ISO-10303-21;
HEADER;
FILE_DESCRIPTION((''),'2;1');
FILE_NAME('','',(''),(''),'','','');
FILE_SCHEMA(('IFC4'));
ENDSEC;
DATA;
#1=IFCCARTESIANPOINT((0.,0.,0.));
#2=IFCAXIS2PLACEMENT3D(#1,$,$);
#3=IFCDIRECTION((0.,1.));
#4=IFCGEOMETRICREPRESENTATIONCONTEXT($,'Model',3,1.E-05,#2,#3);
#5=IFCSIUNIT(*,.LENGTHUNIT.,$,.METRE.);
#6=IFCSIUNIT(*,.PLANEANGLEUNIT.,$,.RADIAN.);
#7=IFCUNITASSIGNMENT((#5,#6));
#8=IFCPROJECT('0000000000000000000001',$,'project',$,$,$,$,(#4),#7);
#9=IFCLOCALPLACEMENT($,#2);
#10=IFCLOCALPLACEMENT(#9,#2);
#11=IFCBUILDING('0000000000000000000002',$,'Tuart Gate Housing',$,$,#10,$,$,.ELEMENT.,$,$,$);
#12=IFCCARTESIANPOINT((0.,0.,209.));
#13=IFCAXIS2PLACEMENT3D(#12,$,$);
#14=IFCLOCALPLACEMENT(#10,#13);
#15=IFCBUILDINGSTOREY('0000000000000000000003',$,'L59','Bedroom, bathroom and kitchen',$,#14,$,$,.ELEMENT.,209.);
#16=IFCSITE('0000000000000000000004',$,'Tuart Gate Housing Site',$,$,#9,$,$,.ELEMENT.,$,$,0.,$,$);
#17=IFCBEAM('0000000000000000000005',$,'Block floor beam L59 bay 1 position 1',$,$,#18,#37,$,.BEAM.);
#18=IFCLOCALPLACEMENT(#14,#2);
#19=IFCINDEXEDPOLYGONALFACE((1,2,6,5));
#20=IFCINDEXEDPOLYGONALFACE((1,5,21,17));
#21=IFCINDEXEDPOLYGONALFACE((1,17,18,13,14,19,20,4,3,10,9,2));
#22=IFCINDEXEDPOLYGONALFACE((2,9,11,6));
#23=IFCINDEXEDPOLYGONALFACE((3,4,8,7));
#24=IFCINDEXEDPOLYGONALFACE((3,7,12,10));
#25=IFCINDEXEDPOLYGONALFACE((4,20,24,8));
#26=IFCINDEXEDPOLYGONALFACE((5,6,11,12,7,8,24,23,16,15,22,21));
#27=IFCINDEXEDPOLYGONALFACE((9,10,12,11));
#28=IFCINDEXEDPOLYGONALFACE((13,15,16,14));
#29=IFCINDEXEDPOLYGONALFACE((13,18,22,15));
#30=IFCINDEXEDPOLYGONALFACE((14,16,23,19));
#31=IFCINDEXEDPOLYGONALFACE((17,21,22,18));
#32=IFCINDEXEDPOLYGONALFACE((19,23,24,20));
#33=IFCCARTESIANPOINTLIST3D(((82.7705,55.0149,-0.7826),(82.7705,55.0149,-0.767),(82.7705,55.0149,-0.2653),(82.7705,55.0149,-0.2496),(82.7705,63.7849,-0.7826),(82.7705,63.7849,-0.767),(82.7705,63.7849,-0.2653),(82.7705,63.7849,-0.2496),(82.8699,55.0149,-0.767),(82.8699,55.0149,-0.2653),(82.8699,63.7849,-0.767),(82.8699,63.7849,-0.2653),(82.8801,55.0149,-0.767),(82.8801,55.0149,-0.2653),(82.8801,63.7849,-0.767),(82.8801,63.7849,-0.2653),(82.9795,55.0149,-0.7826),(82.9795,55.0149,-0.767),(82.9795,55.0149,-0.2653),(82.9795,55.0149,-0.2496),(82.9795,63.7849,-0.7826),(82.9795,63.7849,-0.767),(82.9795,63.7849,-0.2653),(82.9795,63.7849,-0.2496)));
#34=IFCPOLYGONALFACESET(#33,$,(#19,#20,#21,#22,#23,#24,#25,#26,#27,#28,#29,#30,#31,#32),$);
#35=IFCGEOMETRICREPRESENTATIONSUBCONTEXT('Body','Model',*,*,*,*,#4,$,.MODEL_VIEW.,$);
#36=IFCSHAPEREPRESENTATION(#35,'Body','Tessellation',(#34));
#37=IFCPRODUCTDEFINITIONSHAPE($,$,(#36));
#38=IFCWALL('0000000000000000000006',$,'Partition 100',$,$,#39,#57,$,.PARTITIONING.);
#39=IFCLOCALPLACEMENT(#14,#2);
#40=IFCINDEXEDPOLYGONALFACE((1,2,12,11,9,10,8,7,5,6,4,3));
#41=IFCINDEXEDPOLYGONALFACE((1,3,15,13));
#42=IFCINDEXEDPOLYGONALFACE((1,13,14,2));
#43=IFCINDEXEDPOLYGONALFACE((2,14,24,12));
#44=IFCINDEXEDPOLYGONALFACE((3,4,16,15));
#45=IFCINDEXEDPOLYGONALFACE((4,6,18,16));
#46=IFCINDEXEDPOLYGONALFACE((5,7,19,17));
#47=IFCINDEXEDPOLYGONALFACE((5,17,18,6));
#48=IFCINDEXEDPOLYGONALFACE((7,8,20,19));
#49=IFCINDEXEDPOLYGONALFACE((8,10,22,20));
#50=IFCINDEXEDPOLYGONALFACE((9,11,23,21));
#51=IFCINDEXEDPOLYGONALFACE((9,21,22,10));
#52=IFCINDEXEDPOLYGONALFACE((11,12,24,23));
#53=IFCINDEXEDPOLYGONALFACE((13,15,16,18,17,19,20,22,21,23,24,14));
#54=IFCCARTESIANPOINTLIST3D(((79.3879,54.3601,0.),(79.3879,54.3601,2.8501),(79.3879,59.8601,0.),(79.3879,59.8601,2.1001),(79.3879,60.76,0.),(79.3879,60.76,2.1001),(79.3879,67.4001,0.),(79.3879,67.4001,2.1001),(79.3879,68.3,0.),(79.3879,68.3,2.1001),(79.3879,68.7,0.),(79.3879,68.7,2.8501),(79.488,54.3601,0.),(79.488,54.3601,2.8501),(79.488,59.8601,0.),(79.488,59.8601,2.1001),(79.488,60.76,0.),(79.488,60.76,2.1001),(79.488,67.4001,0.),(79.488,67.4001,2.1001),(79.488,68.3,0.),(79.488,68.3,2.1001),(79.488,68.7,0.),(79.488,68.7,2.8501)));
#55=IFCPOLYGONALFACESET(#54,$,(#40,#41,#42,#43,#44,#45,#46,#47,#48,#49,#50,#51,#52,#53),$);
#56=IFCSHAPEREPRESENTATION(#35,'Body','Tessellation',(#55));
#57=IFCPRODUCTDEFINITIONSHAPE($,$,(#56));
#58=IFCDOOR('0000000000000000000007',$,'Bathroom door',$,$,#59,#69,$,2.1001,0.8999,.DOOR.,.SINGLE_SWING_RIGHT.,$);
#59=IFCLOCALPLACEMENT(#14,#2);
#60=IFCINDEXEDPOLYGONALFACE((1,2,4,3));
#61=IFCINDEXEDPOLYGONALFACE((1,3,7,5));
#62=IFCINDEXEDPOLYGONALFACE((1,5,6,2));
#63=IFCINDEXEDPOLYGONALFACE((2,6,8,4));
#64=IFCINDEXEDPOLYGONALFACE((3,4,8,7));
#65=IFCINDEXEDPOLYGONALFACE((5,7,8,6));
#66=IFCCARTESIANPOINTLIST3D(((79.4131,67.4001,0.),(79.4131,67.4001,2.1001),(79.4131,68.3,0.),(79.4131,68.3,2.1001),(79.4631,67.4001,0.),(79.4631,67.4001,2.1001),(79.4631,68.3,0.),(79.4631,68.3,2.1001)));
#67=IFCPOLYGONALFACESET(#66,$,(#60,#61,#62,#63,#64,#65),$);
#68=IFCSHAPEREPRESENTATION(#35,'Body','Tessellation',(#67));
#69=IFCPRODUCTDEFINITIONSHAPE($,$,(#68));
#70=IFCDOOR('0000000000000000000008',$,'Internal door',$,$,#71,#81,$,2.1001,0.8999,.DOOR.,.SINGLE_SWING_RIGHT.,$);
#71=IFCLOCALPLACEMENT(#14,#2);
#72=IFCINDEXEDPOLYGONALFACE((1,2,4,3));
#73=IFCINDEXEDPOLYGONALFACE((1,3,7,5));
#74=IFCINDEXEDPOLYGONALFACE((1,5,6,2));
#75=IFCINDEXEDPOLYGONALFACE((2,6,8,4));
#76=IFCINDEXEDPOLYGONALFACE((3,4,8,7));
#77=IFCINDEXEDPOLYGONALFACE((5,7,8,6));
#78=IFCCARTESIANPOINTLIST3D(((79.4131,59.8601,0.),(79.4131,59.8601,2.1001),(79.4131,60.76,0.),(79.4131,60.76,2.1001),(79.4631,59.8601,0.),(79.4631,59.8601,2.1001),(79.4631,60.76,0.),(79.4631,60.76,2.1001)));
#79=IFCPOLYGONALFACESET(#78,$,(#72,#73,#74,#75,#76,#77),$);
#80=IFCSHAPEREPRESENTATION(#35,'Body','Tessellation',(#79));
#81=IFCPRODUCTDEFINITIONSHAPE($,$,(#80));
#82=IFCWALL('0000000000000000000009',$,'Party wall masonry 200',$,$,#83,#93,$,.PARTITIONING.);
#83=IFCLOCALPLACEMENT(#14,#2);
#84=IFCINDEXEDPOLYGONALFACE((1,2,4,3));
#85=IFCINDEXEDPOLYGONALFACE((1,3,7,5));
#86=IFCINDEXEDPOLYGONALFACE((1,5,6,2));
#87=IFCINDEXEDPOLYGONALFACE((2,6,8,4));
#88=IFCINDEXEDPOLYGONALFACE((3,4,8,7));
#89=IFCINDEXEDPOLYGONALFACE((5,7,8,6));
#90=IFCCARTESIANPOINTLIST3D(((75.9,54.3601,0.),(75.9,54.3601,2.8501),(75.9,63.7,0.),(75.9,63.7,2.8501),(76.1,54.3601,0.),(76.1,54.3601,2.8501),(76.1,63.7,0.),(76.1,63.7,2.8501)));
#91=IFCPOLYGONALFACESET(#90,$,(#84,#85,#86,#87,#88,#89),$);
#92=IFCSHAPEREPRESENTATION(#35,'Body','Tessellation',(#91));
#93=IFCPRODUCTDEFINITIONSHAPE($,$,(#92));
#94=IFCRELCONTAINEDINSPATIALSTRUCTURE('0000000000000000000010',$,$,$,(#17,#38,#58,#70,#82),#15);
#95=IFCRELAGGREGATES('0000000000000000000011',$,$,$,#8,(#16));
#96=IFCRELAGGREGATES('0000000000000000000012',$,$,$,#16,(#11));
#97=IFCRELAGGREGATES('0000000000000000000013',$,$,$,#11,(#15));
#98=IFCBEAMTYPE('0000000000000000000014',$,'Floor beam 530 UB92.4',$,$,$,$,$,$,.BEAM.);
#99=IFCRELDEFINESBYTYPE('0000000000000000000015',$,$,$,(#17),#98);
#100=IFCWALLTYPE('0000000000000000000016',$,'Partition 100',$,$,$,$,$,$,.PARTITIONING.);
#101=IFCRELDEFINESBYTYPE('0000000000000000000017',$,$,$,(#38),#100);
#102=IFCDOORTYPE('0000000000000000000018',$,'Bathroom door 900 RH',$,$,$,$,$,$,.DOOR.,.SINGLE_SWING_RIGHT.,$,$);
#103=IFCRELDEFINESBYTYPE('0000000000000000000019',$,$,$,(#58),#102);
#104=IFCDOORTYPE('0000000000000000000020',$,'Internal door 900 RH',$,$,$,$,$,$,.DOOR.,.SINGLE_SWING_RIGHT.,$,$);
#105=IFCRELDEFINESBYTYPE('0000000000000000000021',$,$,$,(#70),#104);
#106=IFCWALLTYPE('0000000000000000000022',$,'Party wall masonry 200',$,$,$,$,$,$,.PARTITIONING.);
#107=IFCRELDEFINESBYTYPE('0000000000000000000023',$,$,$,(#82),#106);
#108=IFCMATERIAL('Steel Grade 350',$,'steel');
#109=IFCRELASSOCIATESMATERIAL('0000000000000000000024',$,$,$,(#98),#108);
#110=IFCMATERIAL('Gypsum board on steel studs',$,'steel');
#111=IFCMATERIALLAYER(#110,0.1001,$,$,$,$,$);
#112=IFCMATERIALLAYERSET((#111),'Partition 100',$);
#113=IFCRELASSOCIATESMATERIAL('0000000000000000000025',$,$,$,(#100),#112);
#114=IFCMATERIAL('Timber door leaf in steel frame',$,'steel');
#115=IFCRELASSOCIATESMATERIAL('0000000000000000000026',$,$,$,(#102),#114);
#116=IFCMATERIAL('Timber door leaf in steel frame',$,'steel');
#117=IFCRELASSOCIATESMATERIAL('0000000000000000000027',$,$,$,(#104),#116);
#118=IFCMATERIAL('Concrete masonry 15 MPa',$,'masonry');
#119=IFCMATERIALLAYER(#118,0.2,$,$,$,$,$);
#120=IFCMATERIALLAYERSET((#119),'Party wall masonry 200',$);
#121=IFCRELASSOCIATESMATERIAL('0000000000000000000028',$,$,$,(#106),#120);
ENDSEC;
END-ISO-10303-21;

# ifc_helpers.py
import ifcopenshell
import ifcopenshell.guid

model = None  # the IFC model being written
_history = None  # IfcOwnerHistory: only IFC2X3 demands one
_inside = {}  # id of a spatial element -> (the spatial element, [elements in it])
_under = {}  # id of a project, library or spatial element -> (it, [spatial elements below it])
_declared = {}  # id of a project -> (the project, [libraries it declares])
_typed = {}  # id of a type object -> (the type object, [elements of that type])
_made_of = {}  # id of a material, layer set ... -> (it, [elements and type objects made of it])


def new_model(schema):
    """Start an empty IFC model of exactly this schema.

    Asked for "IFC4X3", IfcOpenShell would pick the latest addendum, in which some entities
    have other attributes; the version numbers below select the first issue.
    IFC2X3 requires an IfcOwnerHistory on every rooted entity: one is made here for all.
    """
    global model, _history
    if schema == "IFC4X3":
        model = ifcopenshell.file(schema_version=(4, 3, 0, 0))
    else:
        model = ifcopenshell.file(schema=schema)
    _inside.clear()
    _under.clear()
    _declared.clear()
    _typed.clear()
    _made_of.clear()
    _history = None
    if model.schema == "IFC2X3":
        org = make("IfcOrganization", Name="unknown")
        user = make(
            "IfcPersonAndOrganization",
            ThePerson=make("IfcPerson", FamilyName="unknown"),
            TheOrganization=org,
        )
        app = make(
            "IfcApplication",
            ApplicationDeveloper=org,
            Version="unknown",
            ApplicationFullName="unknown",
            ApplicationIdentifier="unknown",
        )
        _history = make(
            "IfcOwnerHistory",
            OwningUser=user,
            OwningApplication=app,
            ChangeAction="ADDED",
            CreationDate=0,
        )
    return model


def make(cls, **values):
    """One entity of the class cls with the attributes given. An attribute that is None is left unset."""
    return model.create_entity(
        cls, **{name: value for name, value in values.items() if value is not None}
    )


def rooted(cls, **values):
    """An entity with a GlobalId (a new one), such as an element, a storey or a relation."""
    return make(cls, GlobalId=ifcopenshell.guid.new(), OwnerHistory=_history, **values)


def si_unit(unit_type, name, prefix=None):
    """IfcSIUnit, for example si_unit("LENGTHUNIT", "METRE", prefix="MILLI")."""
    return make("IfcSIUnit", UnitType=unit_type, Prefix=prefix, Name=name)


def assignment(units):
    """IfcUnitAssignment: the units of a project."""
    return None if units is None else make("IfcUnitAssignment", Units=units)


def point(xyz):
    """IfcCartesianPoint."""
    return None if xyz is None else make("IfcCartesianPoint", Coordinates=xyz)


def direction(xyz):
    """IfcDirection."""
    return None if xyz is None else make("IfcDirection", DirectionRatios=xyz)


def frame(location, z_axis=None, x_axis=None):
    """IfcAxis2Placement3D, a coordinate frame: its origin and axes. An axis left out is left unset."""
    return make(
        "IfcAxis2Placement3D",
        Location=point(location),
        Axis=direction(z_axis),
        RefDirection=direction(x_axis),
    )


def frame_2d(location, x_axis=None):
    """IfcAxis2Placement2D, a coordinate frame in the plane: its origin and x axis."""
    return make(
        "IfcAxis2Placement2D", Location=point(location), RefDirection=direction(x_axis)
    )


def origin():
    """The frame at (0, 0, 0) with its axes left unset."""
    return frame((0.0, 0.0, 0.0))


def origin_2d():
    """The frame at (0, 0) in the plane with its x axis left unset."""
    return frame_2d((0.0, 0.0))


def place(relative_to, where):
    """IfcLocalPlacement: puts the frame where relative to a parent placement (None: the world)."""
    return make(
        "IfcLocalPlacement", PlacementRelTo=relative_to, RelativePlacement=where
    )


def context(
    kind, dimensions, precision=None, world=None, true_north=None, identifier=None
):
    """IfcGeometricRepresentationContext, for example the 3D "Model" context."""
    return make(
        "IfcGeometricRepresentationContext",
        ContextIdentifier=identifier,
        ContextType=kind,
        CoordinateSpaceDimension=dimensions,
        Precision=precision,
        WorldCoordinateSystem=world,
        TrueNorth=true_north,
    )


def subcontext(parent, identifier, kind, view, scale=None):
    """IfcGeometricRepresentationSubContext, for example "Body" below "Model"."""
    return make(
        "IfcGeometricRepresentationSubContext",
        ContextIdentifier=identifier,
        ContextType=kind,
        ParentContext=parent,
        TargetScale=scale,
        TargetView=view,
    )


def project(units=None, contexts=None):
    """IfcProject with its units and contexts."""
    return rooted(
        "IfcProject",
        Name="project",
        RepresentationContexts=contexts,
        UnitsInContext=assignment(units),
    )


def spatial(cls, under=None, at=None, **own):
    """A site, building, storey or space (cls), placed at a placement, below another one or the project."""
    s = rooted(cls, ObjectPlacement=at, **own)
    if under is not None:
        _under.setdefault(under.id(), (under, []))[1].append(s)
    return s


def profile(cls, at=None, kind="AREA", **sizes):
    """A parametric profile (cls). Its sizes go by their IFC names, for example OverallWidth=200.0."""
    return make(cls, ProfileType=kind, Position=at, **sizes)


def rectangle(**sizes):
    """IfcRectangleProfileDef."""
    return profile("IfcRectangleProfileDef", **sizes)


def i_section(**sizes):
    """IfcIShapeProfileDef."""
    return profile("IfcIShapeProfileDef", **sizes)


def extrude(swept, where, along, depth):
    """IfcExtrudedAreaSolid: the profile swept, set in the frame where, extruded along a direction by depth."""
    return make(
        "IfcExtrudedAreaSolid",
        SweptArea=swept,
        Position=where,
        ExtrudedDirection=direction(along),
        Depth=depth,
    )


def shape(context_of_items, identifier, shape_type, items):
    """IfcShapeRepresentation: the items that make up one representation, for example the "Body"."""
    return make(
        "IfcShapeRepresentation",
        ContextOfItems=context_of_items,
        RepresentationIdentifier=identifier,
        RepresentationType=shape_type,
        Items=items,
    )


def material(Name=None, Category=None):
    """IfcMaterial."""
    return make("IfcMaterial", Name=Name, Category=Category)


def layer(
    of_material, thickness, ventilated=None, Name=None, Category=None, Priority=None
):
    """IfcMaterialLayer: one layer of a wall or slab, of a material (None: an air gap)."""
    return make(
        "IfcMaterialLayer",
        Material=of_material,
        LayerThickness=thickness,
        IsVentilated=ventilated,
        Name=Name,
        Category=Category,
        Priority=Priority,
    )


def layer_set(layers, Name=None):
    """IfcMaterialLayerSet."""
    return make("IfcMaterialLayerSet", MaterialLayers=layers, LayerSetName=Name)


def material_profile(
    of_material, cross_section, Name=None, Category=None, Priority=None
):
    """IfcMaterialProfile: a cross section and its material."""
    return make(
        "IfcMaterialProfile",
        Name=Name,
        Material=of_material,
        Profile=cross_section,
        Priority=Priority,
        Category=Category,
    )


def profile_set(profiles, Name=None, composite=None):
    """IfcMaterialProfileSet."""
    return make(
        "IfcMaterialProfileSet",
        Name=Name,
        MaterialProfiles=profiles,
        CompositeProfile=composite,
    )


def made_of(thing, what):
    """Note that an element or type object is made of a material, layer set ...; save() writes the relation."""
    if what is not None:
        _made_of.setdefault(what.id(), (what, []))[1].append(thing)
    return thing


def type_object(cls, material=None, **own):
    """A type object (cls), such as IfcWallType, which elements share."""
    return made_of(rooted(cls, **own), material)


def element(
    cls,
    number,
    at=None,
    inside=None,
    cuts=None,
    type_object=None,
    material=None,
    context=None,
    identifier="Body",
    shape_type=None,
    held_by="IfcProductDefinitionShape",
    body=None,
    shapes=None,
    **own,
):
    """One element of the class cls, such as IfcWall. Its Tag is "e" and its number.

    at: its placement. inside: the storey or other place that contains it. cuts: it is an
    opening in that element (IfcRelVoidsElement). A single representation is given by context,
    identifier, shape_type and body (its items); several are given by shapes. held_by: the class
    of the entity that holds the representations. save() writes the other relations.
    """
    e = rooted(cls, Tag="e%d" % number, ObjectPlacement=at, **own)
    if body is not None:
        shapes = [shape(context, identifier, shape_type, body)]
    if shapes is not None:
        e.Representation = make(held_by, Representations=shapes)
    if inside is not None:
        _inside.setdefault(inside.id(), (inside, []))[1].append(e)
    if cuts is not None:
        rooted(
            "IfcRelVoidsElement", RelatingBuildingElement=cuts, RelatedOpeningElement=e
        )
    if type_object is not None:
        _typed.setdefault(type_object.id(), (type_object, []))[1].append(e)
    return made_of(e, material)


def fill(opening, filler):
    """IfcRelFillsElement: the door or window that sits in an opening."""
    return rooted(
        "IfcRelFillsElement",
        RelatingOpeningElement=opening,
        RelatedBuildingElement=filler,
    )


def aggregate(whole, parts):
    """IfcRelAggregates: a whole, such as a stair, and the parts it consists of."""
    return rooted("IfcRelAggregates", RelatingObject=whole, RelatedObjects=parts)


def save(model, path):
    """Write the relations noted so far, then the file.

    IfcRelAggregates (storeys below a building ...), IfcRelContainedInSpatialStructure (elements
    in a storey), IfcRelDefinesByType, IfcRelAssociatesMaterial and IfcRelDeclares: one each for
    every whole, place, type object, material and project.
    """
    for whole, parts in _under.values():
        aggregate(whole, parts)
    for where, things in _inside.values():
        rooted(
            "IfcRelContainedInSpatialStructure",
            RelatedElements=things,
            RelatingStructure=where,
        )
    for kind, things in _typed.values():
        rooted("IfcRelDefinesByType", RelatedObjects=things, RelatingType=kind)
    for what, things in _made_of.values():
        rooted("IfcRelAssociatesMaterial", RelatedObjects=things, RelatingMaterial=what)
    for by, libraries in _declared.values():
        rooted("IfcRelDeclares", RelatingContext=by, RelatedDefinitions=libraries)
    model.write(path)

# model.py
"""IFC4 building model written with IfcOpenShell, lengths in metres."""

from ifc_helpers import new_model, si_unit, direction, frame, frame_2d, origin, origin_2d, place, context, subcontext, project, spatial, rectangle, i_section, extrude, material, layer, layer_set, material_profile, profile_set, type_object, element, fill, save


model = new_model("IFC4")

# Units and contexts
model_context = context("Model", 3, precision=1e-05, world=origin(), true_north=direction((0.0, 1.0)))
body_context = subcontext(model_context, "Body", "Model", "MODEL_VIEW")
ifc_project = project(units=[si_unit("LENGTHUNIT", "METRE"), si_unit("PLANEANGLEUNIT", "RADIAN")], contexts=[model_context])

# Site, building, storey
site_placement = place(None, origin())
site = spatial("IfcSite", under=ifc_project, at=site_placement, Name="Tuart Gate Housing Site", CompositionType="ELEMENT", RefElevation=0.0)
building_placement = place(site_placement, origin())
building = spatial("IfcBuilding", under=site, at=building_placement, Name="Tuart Gate Housing", CompositionType="ELEMENT")
storey_placement = place(building_placement, frame((0.0, 0.0, 209.0)))
storey = spatial("IfcBuildingStorey", under=building, at=storey_placement, Name="L59", Description="Bedroom, bathroom and kitchen", CompositionType="ELEMENT", Elevation=209.0)

# Beam
ifc_material_1 = material(Name="Steel Grade 350", Category="steel")
ifc_material_profile = material_profile(ifc_material_1, i_section(OverallWidth=0.209, OverallDepth=0.533, WebThickness=0.0103, FlangeThickness=0.0156, at=origin_2d()), Name="530UB92.4")
ifc_profile_set = profile_set([ifc_material_profile], Name="Steel Grade 350")
beam_type = type_object("IfcBeamType", Name="Floor beam 530 UB92.4", PredefinedType="BEAM", material=ifc_profile_set)
beam_placement = place(storey_placement, frame((82.875, 55.0149, -0.5161), z_axis=(0.0, 1.0, 0.0), x_axis=(-1.0, 0.0, 0.0)))
element("IfcBeam", 1, at=beam_placement, inside=storey, type_object=beam_type, Name="Block floor beam L59 bay 1 position 1", PredefinedType="BEAM", context=body_context, shape_type="SweptSolid", body=[
    extrude(i_section(OverallWidth=0.209, OverallDepth=0.533, WebThickness=0.0103, FlangeThickness=0.0156, at=origin_2d()), origin(), (0.0, 0.0, 1.0), 8.77),
])

# Wall, openings, doors
ifc_material_2 = material(Name="Gypsum board on steel studs", Category="steel")
ifc_layer_1 = layer(ifc_material_2, 0.1001)
ifc_layer_set_1 = layer_set([ifc_layer_1], Name="Partition 100")
wall_type_1 = type_object("IfcWallType", Name="Partition 100", PredefinedType="PARTITIONING", material=ifc_layer_set_1)
wall_1_placement = place(storey_placement, frame((79.438, 54.3601, 0.0), z_axis=(0.0, 0.0, 1.0), x_axis=(0.0, 1.0, 0.0)))
wall_1 = element("IfcWall", 2, at=wall_1_placement, inside=storey, type_object=wall_type_1, Name="Partition 100", PredefinedType="PARTITIONING", context=body_context, shape_type="SweptSolid", body=[
    extrude(rectangle(XDim=14.3398, YDim=0.1001, at=frame_2d((7.1699, 0.0))), origin(), (0.0, 0.0, 1.0), 2.8501),
])
opening_1_placement = place(wall_1_placement, frame((5.5, 0.0, 0.0)))
opening_1 = element("IfcOpeningElement", 3, at=opening_1_placement, cuts=wall_1, PredefinedType="OPENING", context=body_context, shape_type="SweptSolid", body=[
    extrude(rectangle(XDim=0.8999, YDim=2.1001, at=frame_2d((0.45, 1.05))), frame((0.0, 0.0601, 0.0), z_axis=(0.0, -1.0, 0.0), x_axis=(1.0, 0.0, 0.0)), (0.0, 0.0, 1.0), 0.1201),
])
opening_2_placement = place(wall_1_placement, frame((13.04, 0.0, 0.0)))
opening_2 = element("IfcOpeningElement", 4, at=opening_2_placement, cuts=wall_1, PredefinedType="OPENING", context=body_context, shape_type="SweptSolid", body=[
    extrude(rectangle(XDim=0.8999, YDim=2.1001, at=frame_2d((0.45, 1.05))), frame((0.0, 0.0601, 0.0), z_axis=(0.0, -1.0, 0.0), x_axis=(1.0, 0.0, 0.0)), (0.0, 0.0, 1.0), 0.1201),
])
ifc_material_3 = material(Name="Timber door leaf in steel frame", Category="steel")
door_type_1 = type_object("IfcDoorType", Name="Bathroom door 900 RH", OperationType="SINGLE_SWING_RIGHT", PredefinedType="DOOR", material=ifc_material_3)
door_1_placement = place(opening_2_placement, origin())
door_1 = element("IfcDoor", 5, at=door_1_placement, inside=storey, type_object=door_type_1, Name="Bathroom door", OperationType="SINGLE_SWING_RIGHT", OverallHeight=2.1001, OverallWidth=0.8999, PredefinedType="DOOR", context=body_context, shape_type="SweptSolid", body=[
    extrude(rectangle(XDim=0.8999, YDim=2.1001, at=frame_2d((0.45, 1.05))), frame((0.0, 0.0249, 0.0), z_axis=(0.0, -1.0, 0.0), x_axis=(1.0, 0.0, 0.0)), (0.0, 0.0, 1.0), 0.05),
])
fill(opening_2, door_1)
ifc_material_4 = material(Name="Timber door leaf in steel frame", Category="steel")
door_type_2 = type_object("IfcDoorType", Name="Internal door 900 RH", OperationType="SINGLE_SWING_RIGHT", PredefinedType="DOOR", material=ifc_material_4)
door_2_placement = place(opening_1_placement, origin())
door_2 = element("IfcDoor", 6, at=door_2_placement, inside=storey, type_object=door_type_2, Name="Internal door", OperationType="SINGLE_SWING_RIGHT", OverallHeight=2.1001, OverallWidth=0.8999, PredefinedType="DOOR", context=body_context, shape_type="SweptSolid", body=[
    extrude(rectangle(XDim=0.8999, YDim=2.1001, at=frame_2d((0.45, 1.05))), frame((0.0, 0.0249, 0.0), z_axis=(0.0, -1.0, 0.0), x_axis=(1.0, 0.0, 0.0)), (0.0, 0.0, 1.0), 0.05),
])
fill(opening_1, door_2)

# Wall
ifc_material_5 = material(Name="Concrete masonry 15 MPa", Category="masonry")
ifc_layer_2 = layer(ifc_material_5, 0.2)
ifc_layer_set_2 = layer_set([ifc_layer_2], Name="Party wall masonry 200")
wall_type_2 = type_object("IfcWallType", Name="Party wall masonry 200", PredefinedType="PARTITIONING", material=ifc_layer_set_2)
wall_2_placement = place(storey_placement, frame((76.0, 54.3601, 0.0), z_axis=(0.0, 0.0, 1.0), x_axis=(0.0, 1.0, 0.0)))
element("IfcWall", 7, at=wall_2_placement, inside=storey, type_object=wall_type_2, Name="Party wall masonry 200", PredefinedType="PARTITIONING", context=body_context, shape_type="SweptSolid", body=[
    extrude(rectangle(XDim=9.3398, YDim=0.2, at=frame_2d((4.6699, 0.0))), origin(), (0.0, 0.0, 1.0), 2.8501),
])

save(model, "model.ifc")
